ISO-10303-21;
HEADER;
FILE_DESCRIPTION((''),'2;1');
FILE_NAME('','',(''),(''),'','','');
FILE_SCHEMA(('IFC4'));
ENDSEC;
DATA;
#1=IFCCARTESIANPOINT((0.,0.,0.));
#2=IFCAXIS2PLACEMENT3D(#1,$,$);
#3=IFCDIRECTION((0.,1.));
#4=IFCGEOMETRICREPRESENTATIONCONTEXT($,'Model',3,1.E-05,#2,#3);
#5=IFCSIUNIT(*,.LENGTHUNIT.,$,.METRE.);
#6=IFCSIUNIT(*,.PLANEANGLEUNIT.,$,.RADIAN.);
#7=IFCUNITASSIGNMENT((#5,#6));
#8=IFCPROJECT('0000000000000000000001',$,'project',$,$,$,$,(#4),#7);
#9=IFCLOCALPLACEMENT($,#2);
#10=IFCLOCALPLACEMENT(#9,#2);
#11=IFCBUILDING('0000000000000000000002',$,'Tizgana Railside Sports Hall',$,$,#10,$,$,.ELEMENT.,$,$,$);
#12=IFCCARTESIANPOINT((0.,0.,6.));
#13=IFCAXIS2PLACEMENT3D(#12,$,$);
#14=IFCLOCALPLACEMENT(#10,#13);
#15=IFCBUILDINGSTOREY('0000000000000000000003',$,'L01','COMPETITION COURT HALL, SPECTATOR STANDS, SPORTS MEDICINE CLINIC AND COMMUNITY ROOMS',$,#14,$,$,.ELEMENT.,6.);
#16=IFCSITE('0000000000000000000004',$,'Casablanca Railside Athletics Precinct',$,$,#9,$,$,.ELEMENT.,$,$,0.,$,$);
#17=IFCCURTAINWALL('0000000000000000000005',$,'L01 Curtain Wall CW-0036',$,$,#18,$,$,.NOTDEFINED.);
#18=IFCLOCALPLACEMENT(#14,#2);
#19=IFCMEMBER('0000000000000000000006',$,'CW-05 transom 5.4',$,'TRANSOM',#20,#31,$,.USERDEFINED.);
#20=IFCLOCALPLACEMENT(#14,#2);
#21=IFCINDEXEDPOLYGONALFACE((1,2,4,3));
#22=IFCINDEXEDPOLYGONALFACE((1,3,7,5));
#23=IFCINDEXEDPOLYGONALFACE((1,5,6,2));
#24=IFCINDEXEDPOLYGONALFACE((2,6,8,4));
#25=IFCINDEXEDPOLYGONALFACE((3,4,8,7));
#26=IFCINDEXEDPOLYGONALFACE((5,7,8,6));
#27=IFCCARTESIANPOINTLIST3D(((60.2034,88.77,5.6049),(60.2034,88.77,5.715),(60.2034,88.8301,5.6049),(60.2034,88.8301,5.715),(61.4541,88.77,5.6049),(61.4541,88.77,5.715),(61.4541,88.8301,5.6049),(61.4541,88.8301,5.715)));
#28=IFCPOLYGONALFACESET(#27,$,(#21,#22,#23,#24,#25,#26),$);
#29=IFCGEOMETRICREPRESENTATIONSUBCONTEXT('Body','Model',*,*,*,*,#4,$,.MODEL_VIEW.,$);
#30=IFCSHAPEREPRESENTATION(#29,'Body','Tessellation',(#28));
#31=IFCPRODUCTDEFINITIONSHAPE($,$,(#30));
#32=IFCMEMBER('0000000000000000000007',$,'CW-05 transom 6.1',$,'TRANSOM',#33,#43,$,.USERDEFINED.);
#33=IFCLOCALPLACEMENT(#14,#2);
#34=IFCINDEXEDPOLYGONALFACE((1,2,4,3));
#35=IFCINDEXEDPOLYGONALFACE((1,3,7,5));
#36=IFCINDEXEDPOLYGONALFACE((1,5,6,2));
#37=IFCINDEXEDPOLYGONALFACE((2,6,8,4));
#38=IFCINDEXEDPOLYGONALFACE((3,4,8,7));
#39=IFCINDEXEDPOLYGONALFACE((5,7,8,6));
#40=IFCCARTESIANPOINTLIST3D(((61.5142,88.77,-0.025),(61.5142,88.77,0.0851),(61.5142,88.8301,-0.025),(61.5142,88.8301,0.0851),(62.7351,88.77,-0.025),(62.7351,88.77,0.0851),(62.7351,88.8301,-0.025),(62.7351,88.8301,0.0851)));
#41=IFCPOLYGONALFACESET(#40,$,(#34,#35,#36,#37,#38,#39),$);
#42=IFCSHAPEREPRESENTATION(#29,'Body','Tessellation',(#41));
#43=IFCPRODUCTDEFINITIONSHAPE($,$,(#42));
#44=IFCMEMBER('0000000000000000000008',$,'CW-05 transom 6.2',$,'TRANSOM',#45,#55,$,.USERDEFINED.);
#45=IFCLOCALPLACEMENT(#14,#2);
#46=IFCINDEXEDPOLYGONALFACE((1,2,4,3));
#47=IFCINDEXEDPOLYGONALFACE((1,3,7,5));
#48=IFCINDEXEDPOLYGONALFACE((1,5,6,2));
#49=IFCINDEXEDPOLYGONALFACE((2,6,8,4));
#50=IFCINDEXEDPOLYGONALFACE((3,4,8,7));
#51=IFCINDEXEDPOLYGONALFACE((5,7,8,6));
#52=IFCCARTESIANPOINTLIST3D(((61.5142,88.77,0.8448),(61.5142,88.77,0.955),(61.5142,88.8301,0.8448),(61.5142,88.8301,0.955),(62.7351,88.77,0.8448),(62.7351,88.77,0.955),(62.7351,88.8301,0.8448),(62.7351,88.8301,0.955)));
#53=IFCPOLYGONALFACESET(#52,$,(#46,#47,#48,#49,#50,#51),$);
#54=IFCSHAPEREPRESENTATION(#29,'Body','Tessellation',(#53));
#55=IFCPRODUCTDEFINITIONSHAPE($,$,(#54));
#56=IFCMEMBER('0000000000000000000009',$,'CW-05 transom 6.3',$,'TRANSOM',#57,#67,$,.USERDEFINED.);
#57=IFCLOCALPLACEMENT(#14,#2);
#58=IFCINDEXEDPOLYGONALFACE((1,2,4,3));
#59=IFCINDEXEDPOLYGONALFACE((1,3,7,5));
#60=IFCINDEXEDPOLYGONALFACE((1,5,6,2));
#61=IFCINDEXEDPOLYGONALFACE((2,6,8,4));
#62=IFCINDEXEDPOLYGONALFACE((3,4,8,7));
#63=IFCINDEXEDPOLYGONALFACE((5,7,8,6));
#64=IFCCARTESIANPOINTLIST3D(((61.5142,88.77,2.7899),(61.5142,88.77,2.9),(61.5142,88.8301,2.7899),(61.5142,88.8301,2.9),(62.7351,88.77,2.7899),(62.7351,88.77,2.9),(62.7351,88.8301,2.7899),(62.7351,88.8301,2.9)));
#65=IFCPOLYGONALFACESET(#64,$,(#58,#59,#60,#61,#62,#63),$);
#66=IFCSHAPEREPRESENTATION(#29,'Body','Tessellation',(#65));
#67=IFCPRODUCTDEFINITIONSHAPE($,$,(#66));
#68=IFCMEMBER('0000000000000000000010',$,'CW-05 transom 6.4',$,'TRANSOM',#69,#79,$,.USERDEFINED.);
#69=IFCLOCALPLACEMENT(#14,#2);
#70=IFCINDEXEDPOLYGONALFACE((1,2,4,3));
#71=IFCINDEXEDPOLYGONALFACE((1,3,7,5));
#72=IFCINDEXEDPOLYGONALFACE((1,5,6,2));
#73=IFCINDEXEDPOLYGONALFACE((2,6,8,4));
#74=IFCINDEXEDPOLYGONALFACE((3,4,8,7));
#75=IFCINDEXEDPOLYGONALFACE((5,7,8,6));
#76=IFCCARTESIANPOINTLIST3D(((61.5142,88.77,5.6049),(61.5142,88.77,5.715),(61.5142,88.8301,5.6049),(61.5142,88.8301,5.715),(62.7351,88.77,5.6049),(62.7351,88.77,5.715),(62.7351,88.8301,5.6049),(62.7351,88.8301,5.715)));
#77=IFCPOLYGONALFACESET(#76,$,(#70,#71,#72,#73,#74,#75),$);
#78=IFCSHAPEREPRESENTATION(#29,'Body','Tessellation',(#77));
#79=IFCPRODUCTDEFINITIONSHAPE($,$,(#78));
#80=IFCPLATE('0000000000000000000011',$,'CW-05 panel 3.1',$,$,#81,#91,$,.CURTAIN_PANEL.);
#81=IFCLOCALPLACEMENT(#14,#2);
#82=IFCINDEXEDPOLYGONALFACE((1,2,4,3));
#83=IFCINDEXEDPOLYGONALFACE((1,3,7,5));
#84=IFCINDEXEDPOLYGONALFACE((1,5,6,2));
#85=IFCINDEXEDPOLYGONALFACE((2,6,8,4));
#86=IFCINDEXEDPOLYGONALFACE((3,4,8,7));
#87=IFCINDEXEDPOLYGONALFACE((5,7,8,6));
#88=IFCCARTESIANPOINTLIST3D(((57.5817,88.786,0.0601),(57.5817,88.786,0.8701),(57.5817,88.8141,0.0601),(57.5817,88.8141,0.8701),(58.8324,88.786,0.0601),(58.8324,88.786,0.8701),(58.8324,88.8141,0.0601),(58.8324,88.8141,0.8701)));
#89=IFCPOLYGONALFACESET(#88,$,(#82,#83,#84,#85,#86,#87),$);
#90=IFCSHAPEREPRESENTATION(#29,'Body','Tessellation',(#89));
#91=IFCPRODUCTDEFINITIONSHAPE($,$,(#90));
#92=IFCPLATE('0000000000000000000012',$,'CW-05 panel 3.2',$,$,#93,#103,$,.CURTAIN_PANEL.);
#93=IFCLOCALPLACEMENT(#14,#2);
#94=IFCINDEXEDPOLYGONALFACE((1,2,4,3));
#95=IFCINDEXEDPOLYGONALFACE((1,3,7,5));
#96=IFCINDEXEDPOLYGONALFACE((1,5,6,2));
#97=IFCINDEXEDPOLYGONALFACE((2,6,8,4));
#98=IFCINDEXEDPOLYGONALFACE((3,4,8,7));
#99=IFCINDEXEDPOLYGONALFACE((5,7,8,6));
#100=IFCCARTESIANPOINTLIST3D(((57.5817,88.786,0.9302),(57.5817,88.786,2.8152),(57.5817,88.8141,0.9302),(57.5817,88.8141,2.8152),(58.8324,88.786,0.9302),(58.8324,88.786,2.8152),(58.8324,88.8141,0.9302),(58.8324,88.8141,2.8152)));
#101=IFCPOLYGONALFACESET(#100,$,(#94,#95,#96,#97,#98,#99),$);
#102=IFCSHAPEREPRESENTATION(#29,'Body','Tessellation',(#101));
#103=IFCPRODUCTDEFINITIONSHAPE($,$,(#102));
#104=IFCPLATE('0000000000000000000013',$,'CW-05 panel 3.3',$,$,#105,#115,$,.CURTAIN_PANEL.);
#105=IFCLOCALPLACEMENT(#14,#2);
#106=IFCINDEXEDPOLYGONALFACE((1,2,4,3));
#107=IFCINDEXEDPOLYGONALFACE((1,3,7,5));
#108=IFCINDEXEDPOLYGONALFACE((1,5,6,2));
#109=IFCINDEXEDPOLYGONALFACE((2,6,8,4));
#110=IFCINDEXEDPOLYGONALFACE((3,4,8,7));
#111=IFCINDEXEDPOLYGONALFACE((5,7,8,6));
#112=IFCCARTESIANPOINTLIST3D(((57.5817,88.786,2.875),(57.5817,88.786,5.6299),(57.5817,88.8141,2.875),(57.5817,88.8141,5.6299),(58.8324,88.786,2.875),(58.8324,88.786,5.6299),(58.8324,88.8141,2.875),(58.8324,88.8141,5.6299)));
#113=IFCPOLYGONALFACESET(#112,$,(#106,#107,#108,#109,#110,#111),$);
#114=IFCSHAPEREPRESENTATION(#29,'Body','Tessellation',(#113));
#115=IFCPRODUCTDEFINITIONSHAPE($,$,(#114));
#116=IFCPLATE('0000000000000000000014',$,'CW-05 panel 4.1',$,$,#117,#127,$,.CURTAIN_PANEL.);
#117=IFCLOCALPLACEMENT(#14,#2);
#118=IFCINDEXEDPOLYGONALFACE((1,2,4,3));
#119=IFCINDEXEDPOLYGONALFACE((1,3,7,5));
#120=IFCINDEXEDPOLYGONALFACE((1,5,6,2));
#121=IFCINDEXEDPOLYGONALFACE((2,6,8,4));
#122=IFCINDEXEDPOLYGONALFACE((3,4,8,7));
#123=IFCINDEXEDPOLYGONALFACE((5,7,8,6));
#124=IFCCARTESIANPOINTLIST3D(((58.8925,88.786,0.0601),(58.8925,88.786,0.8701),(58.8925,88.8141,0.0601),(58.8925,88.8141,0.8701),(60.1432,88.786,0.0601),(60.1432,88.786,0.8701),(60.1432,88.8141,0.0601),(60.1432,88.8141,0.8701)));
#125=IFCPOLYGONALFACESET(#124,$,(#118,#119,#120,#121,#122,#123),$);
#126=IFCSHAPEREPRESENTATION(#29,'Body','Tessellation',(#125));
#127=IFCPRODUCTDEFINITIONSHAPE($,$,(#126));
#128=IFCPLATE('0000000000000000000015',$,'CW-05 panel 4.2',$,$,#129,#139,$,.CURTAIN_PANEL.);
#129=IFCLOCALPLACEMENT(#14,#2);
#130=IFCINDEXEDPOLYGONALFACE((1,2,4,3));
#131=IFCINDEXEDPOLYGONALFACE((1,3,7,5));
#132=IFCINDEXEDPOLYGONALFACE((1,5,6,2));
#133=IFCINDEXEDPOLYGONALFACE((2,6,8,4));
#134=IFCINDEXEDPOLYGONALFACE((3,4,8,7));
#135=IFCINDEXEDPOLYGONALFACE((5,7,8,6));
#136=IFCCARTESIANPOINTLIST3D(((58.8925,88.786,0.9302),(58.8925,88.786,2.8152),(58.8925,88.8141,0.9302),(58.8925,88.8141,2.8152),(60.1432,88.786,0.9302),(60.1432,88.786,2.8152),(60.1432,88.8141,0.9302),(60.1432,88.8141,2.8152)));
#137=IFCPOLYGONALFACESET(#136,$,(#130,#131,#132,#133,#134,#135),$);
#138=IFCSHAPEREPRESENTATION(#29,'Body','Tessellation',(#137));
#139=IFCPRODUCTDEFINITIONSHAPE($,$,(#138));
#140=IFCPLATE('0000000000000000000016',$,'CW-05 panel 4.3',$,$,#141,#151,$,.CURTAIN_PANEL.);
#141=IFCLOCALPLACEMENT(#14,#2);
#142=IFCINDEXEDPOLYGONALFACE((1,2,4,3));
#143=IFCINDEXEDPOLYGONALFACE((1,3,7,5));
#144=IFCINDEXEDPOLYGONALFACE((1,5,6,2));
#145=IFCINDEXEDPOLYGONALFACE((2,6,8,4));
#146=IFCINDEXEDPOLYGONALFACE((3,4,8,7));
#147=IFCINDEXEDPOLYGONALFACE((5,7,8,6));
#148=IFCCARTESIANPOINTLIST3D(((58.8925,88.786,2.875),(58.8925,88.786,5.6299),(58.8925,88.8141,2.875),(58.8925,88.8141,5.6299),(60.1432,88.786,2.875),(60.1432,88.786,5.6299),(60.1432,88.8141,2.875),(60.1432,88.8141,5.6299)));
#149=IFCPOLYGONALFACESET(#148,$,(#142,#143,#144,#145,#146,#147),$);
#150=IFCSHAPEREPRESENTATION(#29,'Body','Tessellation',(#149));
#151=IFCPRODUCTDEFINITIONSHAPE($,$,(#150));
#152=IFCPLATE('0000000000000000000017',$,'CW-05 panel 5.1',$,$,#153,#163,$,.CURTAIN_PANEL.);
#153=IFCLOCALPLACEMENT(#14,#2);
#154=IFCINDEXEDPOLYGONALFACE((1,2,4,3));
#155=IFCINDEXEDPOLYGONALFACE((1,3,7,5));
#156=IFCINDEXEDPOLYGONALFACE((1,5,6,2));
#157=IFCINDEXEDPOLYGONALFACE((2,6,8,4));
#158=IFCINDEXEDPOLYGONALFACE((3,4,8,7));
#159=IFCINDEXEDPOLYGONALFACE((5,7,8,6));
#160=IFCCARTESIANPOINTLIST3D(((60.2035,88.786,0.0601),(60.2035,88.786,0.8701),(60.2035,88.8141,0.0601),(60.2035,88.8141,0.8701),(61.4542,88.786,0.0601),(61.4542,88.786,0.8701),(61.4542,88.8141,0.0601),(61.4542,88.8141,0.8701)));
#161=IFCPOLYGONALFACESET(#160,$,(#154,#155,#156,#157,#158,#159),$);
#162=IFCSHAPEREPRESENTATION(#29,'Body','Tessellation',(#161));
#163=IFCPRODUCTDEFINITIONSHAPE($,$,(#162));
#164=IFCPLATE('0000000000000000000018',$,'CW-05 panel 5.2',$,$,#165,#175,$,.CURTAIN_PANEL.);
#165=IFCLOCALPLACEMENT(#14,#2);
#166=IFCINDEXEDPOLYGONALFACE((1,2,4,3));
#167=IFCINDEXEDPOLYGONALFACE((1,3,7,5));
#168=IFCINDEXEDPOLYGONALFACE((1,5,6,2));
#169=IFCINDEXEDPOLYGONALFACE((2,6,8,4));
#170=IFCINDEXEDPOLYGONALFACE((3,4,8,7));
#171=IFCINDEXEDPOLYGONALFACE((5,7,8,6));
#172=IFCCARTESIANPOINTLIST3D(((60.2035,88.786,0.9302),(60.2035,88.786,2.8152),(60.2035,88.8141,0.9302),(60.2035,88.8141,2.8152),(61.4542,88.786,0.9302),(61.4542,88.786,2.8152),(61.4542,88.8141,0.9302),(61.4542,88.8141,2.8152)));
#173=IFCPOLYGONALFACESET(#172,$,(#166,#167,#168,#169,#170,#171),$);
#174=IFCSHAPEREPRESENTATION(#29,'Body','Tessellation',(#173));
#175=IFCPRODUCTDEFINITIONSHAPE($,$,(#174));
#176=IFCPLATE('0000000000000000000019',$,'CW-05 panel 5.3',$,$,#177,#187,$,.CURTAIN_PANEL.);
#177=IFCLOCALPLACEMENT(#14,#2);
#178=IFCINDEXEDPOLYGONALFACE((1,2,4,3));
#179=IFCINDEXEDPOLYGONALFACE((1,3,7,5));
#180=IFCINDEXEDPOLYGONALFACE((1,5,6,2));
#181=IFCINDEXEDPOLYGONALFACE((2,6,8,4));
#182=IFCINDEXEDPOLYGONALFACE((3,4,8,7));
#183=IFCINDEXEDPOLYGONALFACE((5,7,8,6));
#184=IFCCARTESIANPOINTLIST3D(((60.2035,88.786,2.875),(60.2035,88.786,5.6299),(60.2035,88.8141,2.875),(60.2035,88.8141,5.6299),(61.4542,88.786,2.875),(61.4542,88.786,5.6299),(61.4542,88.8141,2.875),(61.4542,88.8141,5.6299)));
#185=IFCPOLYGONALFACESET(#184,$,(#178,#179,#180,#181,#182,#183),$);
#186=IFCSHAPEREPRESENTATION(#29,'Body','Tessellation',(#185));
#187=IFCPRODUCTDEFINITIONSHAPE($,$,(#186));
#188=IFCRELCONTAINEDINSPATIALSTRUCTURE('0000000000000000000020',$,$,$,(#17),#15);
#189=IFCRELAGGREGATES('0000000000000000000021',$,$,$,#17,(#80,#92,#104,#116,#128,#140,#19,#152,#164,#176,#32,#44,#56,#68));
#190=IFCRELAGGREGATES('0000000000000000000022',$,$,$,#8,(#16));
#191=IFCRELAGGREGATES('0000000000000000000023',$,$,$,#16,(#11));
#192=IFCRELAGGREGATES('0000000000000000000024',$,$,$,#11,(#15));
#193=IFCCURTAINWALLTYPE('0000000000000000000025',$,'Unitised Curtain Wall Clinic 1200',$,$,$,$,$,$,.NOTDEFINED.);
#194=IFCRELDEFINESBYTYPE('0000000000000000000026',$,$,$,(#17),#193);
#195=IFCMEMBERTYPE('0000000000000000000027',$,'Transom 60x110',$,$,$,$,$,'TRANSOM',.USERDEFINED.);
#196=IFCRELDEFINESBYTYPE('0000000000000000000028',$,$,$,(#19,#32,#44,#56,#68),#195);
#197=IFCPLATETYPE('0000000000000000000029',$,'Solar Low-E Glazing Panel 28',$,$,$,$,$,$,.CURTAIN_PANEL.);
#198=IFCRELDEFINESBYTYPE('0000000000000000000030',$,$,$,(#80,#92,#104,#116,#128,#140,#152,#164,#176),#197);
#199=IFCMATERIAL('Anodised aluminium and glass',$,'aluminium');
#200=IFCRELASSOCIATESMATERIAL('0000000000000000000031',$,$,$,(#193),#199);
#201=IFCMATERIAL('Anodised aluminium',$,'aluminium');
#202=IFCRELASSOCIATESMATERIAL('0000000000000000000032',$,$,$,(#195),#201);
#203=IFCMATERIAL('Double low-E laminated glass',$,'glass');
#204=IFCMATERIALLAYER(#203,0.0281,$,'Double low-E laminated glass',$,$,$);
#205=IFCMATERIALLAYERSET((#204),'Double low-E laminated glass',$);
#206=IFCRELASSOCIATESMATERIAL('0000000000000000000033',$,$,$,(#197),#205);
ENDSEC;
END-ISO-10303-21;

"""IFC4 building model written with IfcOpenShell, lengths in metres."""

from ifc_helpers import new_model, si_unit, direction, frame, origin, origin_2d, place, context, subcontext, project, spatial, rectangle, extrude, material, layer, layer_set, material_profile, profile_set, type_object, element, aggregate, save


model = new_model("IFC4")

# Units and contexts
model_context = context("Model", 3, precision=1e-05, world=origin(), true_north=direction((0.0, 1.0)))
body_context = subcontext(model_context, "Body", "Model", "MODEL_VIEW")
ifc_project = project(units=[si_unit("LENGTHUNIT", "METRE"), si_unit("PLANEANGLEUNIT", "RADIAN")], contexts=[model_context])

# Site, building, storey
site_placement = place(None, origin())
site = spatial("IfcSite", under=ifc_project, at=site_placement, Name="Casablanca Railside Athletics Precinct", CompositionType="ELEMENT", RefElevation=0.0)
building_placement = place(site_placement, origin())
building = spatial("IfcBuilding", under=site, at=building_placement, Name="Tizgana Railside Sports Hall", CompositionType="ELEMENT")
storey_placement = place(building_placement, frame((0.0, 0.0, 6.0)))
storey = spatial("IfcBuildingStorey", under=building, at=storey_placement, Name="L01", Description="COMPETITION COURT HALL, SPECTATOR STANDS, SPORTS MEDICINE CLINIC AND COMMUNITY ROOMS", CompositionType="ELEMENT", Elevation=6.0)

# Curtain wall, members, plates
ifc_material_1 = material(Name="Anodised aluminium and glass", Category="aluminium")
curtain_wall_type = type_object("IfcCurtainWallType", Name="Unitised Curtain Wall Clinic 1200", PredefinedType="NOTDEFINED", material=ifc_material_1)
curtain_wall_placement = place(storey_placement, origin())
curtain_wall = element("IfcCurtainWall", 1, at=curtain_wall_placement, inside=storey, type_object=curtain_wall_type, Name="L01 Curtain Wall CW-0036", PredefinedType="NOTDEFINED")
ifc_material_2 = material(Name="Anodised aluminium", Category="aluminium")
ifc_material_profile_1 = material_profile(ifc_material_2, rectangle(XDim=0.0601, YDim=0.1101, at=origin_2d()), Name="Transom 60x110")
ifc_profile_set_1 = profile_set([ifc_material_profile_1], Name="Anodised aluminium")
member_type_1 = type_object("IfcMemberType", Name="Transom 60x110", ElementType="TRANSOM", PredefinedType="USERDEFINED", material=ifc_profile_set_1)
member_1_placement = place(storey_placement, frame((60.2034, 88.8, 5.6599), z_axis=(1.0, 0.0, 0.0), x_axis=(0.0, 1.0, 0.0)))
member_1 = element("IfcMember", 2, at=member_1_placement, type_object=member_type_1, Name="CW-05 transom 5.4", ObjectType="TRANSOM", PredefinedType="USERDEFINED", context=body_context, shape_type="SweptSolid", body=[
    extrude(rectangle(XDim=0.0601, YDim=0.1101, at=origin_2d()), origin(), (0.0, 0.0, 1.0), 1.2507),
])
member_2_placement = place(storey_placement, frame((61.5142, 88.8, 0.03), z_axis=(1.0, 0.0, 0.0), x_axis=(0.0, 1.0, 0.0)))
member_2 = element("IfcMember", 3, at=member_2_placement, type_object=member_type_1, Name="CW-05 transom 6.1", ObjectType="TRANSOM", PredefinedType="USERDEFINED", context=body_context, shape_type="SweptSolid", body=[
    extrude(rectangle(XDim=0.0601, YDim=0.1101, at=origin_2d()), origin(), (0.0, 0.0, 1.0), 1.2209),
])
member_3_placement = place(storey_placement, frame((61.5142, 88.8, 0.8999), z_axis=(1.0, 0.0, 0.0), x_axis=(0.0, 1.0, 0.0)))
member_3 = element("IfcMember", 4, at=member_3_placement, type_object=member_type_1, Name="CW-05 transom 6.2", ObjectType="TRANSOM", PredefinedType="USERDEFINED", context=body_context, shape_type="SweptSolid", body=[
    extrude(rectangle(XDim=0.0601, YDim=0.1101, at=origin_2d()), origin(), (0.0, 0.0, 1.0), 1.2209),
])
member_4_placement = place(storey_placement, frame((61.5142, 88.8, 2.845), z_axis=(1.0, 0.0, 0.0), x_axis=(0.0, 1.0, 0.0)))
member_4 = element("IfcMember", 5, at=member_4_placement, type_object=member_type_1, Name="CW-05 transom 6.3", ObjectType="TRANSOM", PredefinedType="USERDEFINED", context=body_context, shape_type="SweptSolid", body=[
    extrude(rectangle(XDim=0.0601, YDim=0.1101, at=origin_2d()), origin(), (0.0, 0.0, 1.0), 1.2209),
])
member_5_placement = place(storey_placement, frame((61.5142, 88.8, 5.6599), z_axis=(1.0, 0.0, 0.0), x_axis=(0.0, 1.0, 0.0)))
member_5 = element("IfcMember", 6, at=member_5_placement, type_object=member_type_1, Name="CW-05 transom 6.4", ObjectType="TRANSOM", PredefinedType="USERDEFINED", context=body_context, shape_type="SweptSolid", body=[
    extrude(rectangle(XDim=0.0601, YDim=0.1101, at=origin_2d()), origin(), (0.0, 0.0, 1.0), 1.2209),
])
ifc_material_3 = material(Name="Double low-E laminated glass", Category="glass")
ifc_layer_1 = layer(ifc_material_3, 0.0281, Name="Double low-E laminated glass")
ifc_layer_set_1 = layer_set([ifc_layer_1], Name="Double low-E laminated glass")
plate_type = type_object("IfcPlateType", Name="Solar Low-E Glazing Panel 28", PredefinedType="CURTAIN_PANEL", material=ifc_layer_set_1)
plate_1_placement = place(storey_placement, frame((58.207, 88.8, 0.0601), z_axis=(0.0, 0.0, 1.0), x_axis=(1.0, 0.0, 0.0)))
plate_1 = element("IfcPlate", 7, at=plate_1_placement, type_object=plate_type, Name="CW-05 panel 3.1", PredefinedType="CURTAIN_PANEL", context=body_context, shape_type="SweptSolid", body=[
    extrude(rectangle(XDim=1.2507, YDim=0.0281, at=origin_2d()), origin(), (0.0, 0.0, 1.0), 0.8101),
])
plate_2_placement = place(storey_placement, frame((58.207, 88.8, 0.9302), z_axis=(0.0, 0.0, 1.0), x_axis=(1.0, 0.0, 0.0)))
plate_2 = element("IfcPlate", 8, at=plate_2_placement, type_object=plate_type, Name="CW-05 panel 3.2", PredefinedType="CURTAIN_PANEL", context=body_context, shape_type="SweptSolid", body=[
    extrude(rectangle(XDim=1.2507, YDim=0.0281, at=origin_2d()), origin(), (0.0, 0.0, 1.0), 1.885),
])
plate_3_placement = place(storey_placement, frame((58.207, 88.8, 2.875), z_axis=(0.0, 0.0, 1.0), x_axis=(1.0, 0.0, 0.0)))
plate_3 = element("IfcPlate", 9, at=plate_3_placement, type_object=plate_type, Name="CW-05 panel 3.3", PredefinedType="CURTAIN_PANEL", context=body_context, shape_type="SweptSolid", body=[
    extrude(rectangle(XDim=1.2507, YDim=0.0281, at=origin_2d()), origin(), (0.0, 0.0, 1.0), 2.7549),
])
plate_4_placement = place(storey_placement, frame((59.5178, 88.8, 0.0601), z_axis=(0.0, 0.0, 1.0), x_axis=(1.0, 0.0, 0.0)))
plate_4 = element("IfcPlate", 10, at=plate_4_placement, type_object=plate_type, Name="CW-05 panel 4.1", PredefinedType="CURTAIN_PANEL", context=body_context, shape_type="SweptSolid", body=[
    extrude(rectangle(XDim=1.2507, YDim=0.0281, at=origin_2d()), origin(), (0.0, 0.0, 1.0), 0.8101),
])
plate_5_placement = place(storey_placement, frame((59.5178, 88.8, 0.9302), z_axis=(0.0, 0.0, 1.0), x_axis=(1.0, 0.0, 0.0)))
plate_5 = element("IfcPlate", 11, at=plate_5_placement, type_object=plate_type, Name="CW-05 panel 4.2", PredefinedType="CURTAIN_PANEL", context=body_context, shape_type="SweptSolid", body=[
    extrude(rectangle(XDim=1.2507, YDim=0.0281, at=origin_2d()), origin(), (0.0, 0.0, 1.0), 1.885),
])
plate_6_placement = place(storey_placement, frame((59.5178, 88.8, 2.875), z_axis=(0.0, 0.0, 1.0), x_axis=(1.0, 0.0, 0.0)))
plate_6 = element("IfcPlate", 12, at=plate_6_placement, type_object=plate_type, Name="CW-05 panel 4.3", PredefinedType="CURTAIN_PANEL", context=body_context, shape_type="SweptSolid", body=[
    extrude(rectangle(XDim=1.2507, YDim=0.0281, at=origin_2d()), origin(), (0.0, 0.0, 1.0), 2.7549),
])
plate_7_placement = place(storey_placement, frame((60.8289, 88.8, 0.0601), z_axis=(0.0, 0.0, 1.0), x_axis=(1.0, 0.0, 0.0)))
plate_7 = element("IfcPlate", 13, at=plate_7_placement, type_object=plate_type, Name="CW-05 panel 5.1", PredefinedType="CURTAIN_PANEL", context=body_context, shape_type="SweptSolid", body=[
    extrude(rectangle(XDim=1.2507, YDim=0.0281, at=origin_2d()), origin(), (0.0, 0.0, 1.0), 0.8101),
])
plate_8_placement = place(storey_placement, frame((60.8289, 88.8, 0.9302), z_axis=(0.0, 0.0, 1.0), x_axis=(1.0, 0.0, 0.0)))
plate_8 = element("IfcPlate", 14, at=plate_8_placement, type_object=plate_type, Name="CW-05 panel 5.2", PredefinedType="CURTAIN_PANEL", context=body_context, shape_type="SweptSolid", body=[
    extrude(rectangle(XDim=1.2507, YDim=0.0281, at=origin_2d()), origin(), (0.0, 0.0, 1.0), 1.885),
])
plate_9_placement = place(storey_placement, frame((60.8289, 88.8, 2.875), z_axis=(0.0, 0.0, 1.0), x_axis=(1.0, 0.0, 0.0)))
plate_9 = element("IfcPlate", 15, at=plate_9_placement, type_object=plate_type, Name="CW-05 panel 5.3", PredefinedType="CURTAIN_PANEL", context=body_context, shape_type="SweptSolid", body=[
    extrude(rectangle(XDim=1.2507, YDim=0.0281, at=origin_2d()), origin(), (0.0, 0.0, 1.0), 2.7549),
])
aggregate(curtain_wall, [plate_1, plate_2, plate_3, plate_4, plate_5, plate_6, member_1, plate_7, plate_8, plate_9, member_2, member_3, member_4, member_5])

save(model, "model.ifc")
